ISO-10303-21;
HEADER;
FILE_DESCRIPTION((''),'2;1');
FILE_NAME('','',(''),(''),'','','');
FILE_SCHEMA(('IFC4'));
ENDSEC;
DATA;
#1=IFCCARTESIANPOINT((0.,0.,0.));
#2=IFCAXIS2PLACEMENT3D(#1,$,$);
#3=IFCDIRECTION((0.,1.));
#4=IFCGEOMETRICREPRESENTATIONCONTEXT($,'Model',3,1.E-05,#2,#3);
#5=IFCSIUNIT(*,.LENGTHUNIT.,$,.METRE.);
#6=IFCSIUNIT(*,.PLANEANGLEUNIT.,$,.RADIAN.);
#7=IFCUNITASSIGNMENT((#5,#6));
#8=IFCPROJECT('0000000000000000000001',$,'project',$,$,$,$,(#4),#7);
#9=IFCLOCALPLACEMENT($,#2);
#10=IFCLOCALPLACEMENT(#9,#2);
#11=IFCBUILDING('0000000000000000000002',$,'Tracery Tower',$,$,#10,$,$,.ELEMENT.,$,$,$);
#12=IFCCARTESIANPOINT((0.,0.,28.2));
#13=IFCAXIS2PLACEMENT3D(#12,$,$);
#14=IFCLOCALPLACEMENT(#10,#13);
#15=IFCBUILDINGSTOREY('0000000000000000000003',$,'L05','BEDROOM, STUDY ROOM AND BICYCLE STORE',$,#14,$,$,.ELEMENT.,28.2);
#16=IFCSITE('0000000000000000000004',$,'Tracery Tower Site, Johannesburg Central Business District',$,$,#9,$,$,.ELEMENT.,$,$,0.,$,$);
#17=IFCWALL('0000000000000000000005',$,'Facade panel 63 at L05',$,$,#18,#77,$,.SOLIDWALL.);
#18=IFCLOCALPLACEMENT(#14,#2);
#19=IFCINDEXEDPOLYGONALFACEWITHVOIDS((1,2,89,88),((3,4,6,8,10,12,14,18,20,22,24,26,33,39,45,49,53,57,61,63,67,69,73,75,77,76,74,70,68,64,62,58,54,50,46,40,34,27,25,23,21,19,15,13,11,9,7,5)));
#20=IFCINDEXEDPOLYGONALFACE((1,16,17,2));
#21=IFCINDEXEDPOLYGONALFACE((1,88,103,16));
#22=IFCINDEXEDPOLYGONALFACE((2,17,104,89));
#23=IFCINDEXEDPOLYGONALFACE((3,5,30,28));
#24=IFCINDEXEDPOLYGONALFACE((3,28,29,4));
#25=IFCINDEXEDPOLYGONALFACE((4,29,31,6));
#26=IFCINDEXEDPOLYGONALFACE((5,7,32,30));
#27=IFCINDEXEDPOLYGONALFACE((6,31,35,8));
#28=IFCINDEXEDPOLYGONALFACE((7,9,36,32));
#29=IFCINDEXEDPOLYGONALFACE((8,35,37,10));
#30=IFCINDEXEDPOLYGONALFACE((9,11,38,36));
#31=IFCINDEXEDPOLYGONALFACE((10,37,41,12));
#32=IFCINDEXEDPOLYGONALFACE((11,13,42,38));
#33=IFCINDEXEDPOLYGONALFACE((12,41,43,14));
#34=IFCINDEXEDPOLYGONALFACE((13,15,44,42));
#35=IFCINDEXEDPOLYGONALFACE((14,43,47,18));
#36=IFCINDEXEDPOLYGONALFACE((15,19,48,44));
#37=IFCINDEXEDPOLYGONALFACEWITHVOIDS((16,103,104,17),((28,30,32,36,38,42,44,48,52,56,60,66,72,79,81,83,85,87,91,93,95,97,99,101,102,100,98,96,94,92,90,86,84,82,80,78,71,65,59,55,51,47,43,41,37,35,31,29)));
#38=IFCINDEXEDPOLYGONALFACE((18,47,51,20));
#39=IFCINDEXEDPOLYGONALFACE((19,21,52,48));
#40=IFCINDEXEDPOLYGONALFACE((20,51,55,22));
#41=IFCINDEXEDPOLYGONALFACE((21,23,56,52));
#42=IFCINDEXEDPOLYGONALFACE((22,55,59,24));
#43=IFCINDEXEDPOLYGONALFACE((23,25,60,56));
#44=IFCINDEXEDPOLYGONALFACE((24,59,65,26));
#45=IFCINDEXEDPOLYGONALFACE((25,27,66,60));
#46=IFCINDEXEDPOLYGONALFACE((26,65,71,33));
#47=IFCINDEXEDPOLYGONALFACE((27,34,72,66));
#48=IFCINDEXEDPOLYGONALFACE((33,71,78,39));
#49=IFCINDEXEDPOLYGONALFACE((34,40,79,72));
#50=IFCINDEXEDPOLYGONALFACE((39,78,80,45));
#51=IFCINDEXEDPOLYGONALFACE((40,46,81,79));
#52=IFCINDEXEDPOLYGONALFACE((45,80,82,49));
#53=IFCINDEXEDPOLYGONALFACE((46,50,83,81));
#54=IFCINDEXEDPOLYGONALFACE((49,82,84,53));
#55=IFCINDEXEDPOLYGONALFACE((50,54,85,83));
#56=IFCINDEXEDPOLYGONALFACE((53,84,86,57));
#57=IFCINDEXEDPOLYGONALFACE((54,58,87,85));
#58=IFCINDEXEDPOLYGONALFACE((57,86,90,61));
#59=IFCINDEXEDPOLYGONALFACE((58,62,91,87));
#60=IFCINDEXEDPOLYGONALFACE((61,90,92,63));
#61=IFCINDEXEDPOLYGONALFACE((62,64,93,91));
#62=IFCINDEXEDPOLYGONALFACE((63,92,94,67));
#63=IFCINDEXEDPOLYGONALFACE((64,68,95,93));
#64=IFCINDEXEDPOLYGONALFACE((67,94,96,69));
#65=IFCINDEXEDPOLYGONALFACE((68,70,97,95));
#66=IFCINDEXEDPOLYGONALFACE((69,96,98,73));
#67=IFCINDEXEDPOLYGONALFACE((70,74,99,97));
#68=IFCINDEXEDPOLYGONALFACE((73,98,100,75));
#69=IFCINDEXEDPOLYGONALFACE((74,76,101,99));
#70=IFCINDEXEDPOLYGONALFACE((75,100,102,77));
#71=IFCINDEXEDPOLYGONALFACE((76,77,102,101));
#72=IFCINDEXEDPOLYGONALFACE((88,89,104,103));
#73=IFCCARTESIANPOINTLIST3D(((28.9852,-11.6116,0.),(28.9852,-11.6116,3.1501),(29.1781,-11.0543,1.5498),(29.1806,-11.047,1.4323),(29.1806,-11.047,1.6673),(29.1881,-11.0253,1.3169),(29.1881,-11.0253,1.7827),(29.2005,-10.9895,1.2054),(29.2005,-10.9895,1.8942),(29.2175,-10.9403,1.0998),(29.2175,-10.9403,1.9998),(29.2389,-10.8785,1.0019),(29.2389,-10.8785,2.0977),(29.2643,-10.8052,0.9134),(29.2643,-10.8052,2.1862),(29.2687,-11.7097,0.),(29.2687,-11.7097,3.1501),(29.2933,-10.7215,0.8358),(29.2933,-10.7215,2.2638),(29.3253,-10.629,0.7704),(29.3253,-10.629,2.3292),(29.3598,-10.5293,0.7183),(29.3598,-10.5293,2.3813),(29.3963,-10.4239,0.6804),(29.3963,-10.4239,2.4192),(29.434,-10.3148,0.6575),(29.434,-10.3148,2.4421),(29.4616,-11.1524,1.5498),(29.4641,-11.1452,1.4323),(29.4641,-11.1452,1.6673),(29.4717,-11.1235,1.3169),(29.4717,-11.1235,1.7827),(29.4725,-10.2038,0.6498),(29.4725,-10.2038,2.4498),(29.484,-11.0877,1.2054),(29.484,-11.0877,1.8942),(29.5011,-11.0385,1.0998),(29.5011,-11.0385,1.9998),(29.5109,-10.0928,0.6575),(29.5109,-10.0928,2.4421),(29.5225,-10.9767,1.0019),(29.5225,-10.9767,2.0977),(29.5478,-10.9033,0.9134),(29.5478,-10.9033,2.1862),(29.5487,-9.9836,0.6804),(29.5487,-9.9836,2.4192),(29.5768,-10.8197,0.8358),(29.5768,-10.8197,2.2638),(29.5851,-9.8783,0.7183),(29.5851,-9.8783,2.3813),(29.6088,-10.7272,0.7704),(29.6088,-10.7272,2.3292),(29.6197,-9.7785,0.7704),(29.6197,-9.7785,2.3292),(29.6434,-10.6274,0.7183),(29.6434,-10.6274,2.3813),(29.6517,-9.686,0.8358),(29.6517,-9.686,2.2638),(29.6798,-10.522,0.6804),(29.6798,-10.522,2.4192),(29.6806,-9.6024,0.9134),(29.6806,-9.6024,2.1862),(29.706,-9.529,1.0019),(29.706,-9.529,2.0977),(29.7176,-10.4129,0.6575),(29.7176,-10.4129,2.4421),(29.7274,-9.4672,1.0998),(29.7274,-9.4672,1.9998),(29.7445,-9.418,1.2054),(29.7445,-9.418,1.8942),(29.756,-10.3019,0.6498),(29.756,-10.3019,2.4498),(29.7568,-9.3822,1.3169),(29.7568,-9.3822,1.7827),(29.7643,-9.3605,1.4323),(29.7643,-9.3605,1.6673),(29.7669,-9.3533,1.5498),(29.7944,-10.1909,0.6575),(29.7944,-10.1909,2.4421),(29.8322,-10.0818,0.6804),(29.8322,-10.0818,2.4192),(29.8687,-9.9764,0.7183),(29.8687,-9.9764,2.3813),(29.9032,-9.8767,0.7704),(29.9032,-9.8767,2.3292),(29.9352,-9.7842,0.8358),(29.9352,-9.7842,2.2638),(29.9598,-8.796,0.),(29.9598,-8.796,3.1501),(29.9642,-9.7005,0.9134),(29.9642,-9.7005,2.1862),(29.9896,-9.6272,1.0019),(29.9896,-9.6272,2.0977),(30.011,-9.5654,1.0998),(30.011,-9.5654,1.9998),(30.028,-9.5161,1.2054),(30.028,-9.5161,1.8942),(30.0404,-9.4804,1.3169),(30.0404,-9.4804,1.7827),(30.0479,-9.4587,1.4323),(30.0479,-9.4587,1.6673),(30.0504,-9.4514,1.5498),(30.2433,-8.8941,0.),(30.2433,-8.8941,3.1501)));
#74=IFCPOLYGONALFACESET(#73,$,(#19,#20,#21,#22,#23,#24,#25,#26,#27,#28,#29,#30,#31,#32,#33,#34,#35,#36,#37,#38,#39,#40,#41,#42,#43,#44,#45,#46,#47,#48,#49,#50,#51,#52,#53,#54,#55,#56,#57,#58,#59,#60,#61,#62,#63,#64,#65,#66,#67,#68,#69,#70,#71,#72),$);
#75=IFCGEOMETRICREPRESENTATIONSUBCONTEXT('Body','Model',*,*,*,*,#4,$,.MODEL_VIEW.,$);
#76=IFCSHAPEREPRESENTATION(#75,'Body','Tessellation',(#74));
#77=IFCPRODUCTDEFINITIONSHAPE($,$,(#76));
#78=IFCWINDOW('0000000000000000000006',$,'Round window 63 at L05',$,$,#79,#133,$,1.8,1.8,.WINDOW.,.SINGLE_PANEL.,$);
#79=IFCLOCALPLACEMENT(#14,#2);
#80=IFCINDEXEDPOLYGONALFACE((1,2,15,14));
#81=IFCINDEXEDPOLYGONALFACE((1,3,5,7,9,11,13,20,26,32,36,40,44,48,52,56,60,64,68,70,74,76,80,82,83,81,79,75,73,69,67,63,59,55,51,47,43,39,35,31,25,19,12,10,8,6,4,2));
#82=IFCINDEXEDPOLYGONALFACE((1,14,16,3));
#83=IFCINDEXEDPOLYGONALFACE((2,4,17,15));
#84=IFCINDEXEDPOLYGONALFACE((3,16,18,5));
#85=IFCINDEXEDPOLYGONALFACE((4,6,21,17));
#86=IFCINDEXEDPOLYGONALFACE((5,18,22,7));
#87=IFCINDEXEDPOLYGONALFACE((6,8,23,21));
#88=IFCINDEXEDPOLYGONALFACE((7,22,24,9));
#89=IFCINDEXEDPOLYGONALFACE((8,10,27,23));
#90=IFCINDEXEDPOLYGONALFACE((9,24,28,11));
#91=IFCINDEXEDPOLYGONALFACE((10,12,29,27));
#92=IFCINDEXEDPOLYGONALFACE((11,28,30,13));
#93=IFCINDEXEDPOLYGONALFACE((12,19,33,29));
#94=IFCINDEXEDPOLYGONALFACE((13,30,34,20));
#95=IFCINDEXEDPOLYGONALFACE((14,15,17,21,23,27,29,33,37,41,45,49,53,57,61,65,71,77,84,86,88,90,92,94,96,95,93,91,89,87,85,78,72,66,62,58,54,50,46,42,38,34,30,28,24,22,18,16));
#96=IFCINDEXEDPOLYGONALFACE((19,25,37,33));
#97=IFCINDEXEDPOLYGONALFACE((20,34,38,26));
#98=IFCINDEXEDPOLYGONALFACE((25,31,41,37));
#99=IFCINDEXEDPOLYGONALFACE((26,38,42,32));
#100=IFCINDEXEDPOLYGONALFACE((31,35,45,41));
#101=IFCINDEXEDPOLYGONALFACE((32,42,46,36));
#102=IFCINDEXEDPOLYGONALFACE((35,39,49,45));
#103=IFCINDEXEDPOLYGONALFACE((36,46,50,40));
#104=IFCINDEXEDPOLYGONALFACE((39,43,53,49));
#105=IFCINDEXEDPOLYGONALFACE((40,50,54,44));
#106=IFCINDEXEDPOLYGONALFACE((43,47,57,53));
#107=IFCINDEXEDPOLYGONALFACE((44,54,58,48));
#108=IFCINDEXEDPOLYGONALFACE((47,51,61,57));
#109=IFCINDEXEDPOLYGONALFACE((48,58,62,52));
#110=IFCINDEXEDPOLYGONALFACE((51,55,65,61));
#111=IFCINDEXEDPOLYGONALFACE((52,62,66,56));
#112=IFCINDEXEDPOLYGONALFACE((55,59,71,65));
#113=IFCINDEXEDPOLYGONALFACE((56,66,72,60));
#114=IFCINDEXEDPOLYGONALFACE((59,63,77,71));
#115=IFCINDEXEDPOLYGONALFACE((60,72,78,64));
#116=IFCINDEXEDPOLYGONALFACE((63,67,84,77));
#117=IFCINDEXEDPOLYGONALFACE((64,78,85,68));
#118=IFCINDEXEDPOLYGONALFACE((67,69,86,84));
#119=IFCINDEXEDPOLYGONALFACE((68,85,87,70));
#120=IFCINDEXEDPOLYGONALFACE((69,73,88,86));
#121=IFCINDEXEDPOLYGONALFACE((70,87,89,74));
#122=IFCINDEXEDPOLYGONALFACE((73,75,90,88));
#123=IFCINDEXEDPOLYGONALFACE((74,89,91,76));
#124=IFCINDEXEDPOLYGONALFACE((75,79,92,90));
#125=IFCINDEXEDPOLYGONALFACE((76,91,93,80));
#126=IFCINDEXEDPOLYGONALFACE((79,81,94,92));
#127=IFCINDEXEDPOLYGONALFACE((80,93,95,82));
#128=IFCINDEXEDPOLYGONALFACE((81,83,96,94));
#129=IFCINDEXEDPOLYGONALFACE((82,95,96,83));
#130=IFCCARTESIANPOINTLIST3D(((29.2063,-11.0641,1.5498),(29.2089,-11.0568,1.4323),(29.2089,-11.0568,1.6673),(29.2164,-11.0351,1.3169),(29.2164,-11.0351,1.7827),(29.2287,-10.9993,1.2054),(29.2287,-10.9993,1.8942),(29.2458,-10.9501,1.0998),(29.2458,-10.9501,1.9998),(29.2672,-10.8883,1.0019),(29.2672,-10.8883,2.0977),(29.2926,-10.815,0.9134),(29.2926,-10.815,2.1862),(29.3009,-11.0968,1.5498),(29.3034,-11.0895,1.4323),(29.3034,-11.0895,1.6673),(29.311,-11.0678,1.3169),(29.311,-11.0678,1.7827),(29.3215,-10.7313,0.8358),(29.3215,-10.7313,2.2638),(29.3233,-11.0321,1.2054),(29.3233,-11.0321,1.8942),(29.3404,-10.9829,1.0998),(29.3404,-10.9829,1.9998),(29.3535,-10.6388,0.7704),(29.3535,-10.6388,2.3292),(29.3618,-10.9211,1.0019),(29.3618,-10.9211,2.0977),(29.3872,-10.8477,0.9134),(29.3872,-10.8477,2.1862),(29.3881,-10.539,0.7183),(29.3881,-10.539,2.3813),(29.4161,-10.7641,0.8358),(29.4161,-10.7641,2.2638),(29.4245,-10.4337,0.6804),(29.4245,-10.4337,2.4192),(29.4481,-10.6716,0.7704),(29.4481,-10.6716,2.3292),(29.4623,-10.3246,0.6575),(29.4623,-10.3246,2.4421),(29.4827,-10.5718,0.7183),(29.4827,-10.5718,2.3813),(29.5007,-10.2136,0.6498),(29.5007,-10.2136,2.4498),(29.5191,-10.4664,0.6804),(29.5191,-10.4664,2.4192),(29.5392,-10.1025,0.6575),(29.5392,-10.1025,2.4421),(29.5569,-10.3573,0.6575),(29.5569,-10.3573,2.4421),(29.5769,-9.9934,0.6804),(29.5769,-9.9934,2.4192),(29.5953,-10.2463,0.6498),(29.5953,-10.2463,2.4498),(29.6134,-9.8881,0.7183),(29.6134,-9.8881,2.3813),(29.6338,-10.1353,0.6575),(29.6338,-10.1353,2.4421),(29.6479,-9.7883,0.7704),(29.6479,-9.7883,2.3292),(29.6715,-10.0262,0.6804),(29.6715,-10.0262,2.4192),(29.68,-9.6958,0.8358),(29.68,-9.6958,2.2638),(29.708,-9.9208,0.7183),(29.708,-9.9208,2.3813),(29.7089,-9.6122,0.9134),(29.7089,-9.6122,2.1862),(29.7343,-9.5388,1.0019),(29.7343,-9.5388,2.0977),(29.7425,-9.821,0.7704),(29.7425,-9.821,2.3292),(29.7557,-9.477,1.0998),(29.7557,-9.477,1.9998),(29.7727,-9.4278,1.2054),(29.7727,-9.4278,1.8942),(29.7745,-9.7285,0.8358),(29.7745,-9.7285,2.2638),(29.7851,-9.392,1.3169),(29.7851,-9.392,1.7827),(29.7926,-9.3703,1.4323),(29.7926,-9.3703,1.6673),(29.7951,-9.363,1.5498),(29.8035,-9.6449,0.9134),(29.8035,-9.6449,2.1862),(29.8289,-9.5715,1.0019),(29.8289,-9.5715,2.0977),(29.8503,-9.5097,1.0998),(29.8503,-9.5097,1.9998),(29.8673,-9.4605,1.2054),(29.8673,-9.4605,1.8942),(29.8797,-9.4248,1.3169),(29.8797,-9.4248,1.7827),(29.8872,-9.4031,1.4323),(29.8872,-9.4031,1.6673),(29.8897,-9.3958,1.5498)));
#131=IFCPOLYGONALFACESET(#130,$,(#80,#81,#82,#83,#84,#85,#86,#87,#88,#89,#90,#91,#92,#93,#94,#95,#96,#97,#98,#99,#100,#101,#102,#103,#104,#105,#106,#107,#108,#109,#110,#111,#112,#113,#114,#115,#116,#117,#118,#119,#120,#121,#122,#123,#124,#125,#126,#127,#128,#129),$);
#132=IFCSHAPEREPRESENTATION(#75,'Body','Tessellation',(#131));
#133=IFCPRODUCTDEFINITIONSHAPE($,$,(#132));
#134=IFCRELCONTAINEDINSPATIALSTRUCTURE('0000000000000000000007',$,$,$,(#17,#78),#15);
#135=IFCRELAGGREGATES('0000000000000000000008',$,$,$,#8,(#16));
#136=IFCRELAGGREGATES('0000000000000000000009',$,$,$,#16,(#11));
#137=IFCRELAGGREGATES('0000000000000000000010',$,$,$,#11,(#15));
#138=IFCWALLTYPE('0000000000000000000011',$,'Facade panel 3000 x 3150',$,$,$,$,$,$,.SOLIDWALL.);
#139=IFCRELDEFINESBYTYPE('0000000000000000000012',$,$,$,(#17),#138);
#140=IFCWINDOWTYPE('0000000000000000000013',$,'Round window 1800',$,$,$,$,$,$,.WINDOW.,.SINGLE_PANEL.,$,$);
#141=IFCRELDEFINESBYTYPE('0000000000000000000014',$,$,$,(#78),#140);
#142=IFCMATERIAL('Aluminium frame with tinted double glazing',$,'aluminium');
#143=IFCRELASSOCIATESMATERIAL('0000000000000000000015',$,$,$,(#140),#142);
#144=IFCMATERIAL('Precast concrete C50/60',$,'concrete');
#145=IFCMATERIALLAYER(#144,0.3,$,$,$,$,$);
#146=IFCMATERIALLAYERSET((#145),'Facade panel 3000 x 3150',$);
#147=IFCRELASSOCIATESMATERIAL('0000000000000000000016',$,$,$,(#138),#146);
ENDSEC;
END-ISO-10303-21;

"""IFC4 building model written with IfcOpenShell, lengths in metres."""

from ifc_helpers import new_model, si_unit, direction, frame, frame_2d, origin, origin_2d, place, context, subcontext, project, spatial, rectangle, circle, extrude, material, layer, layer_set, type_object, element, fill, save


model = new_model("IFC4")

# Units and contexts
model_context = context("Model", 3, precision=1e-05, world=origin(), true_north=direction((0.0, 1.0)))
body_context = subcontext(model_context, "Body", "Model", "MODEL_VIEW")
ifc_project = project(units=[si_unit("LENGTHUNIT", "METRE"), si_unit("PLANEANGLEUNIT", "RADIAN")], contexts=[model_context])

# Site, building, storey
site_placement = place(None, origin())
site = spatial("IfcSite", under=ifc_project, at=site_placement, Name="Tracery Tower Site, Johannesburg Central Business District", CompositionType="ELEMENT", RefElevation=0.0)
building_placement = place(site_placement, origin())
building = spatial("IfcBuilding", under=site, at=building_placement, Name="Tracery Tower", CompositionType="ELEMENT")
storey_placement = place(building_placement, frame((0.0, 0.0, 28.2)))
storey = spatial("IfcBuildingStorey", under=building, at=storey_placement, Name="L05", Description="BEDROOM, STUDY ROOM AND BICYCLE STORE", CompositionType="ELEMENT", Elevation=28.2)

# Wall, opening, window
ifc_material_1 = material(Name="Aluminium frame with tinted double glazing", Category="aluminium")
window_type = type_object("IfcWindowType", Name="Round window 1800", PartitioningType="SINGLE_PANEL", PredefinedType="WINDOW", material=ifc_material_1)
ifc_material_2 = material(Name="Precast concrete C50/60", Category="concrete")
ifc_layer_1 = layer(ifc_material_2, 0.3)
ifc_layer_set_1 = layer_set([ifc_layer_1], Name="Facade panel 3000 x 3150")
wall_type_1 = type_object("IfcWallType", Name="Facade panel 3000 x 3150", PredefinedType="SOLIDWALL", material=ifc_layer_set_1)
wall_1_placement = place(storey_placement, frame((29.127, -11.6606, 0.0), z_axis=(0.0, 0.0, 1.0), x_axis=(0.327096, 0.944991, 0.0)))
wall_1 = element("IfcWall", 1, at=wall_1_placement, inside=storey, type_object=wall_type_1, Name="Facade panel 63 at L05", PredefinedType="SOLIDWALL", context=body_context, shape_type="SweptSolid", body=[
    extrude(rectangle(XDim=2.9795, YDim=0.3, at=frame_2d((1.4897, 0.0))), origin(), (0.0, 0.0, 1.0), 3.1501),
])
opening_1_placement = place(wall_1_placement, frame((1.4897, 0.0, 1.5498)))
opening_1 = element("IfcOpeningElement", 2, at=opening_1_placement, cuts=wall_1, PredefinedType="OPENING", context=body_context, shape_type="SweptSolid", body=[
    extrude(circle(Radius=0.9, at=origin_2d()), frame((0.0, 0.1599, 0.0), z_axis=(0.0, -1.0, 0.0), x_axis=(1.0, 0.0, 0.0)), (0.0, 0.0, 1.0), 0.3201),
])
window_1_placement = place(opening_1_placement, origin())
window_1 = element("IfcWindow", 3, at=window_1_placement, inside=storey, type_object=window_type, Name="Round window 63 at L05", OverallHeight=1.8, OverallWidth=1.8, PartitioningType="SINGLE_PANEL", PredefinedType="WINDOW", context=body_context, shape_type="SweptSolid", body=[
    extrude(circle(Radius=0.9, at=origin_2d()), frame((0.0, 0.1201, 0.0), z_axis=(0.0, -1.0, 0.0), x_axis=(1.0, 0.0, 0.0)), (0.0, 0.0, 1.0), 0.1001),
])
fill(opening_1, window_1)

save(model, "model.ifc")
